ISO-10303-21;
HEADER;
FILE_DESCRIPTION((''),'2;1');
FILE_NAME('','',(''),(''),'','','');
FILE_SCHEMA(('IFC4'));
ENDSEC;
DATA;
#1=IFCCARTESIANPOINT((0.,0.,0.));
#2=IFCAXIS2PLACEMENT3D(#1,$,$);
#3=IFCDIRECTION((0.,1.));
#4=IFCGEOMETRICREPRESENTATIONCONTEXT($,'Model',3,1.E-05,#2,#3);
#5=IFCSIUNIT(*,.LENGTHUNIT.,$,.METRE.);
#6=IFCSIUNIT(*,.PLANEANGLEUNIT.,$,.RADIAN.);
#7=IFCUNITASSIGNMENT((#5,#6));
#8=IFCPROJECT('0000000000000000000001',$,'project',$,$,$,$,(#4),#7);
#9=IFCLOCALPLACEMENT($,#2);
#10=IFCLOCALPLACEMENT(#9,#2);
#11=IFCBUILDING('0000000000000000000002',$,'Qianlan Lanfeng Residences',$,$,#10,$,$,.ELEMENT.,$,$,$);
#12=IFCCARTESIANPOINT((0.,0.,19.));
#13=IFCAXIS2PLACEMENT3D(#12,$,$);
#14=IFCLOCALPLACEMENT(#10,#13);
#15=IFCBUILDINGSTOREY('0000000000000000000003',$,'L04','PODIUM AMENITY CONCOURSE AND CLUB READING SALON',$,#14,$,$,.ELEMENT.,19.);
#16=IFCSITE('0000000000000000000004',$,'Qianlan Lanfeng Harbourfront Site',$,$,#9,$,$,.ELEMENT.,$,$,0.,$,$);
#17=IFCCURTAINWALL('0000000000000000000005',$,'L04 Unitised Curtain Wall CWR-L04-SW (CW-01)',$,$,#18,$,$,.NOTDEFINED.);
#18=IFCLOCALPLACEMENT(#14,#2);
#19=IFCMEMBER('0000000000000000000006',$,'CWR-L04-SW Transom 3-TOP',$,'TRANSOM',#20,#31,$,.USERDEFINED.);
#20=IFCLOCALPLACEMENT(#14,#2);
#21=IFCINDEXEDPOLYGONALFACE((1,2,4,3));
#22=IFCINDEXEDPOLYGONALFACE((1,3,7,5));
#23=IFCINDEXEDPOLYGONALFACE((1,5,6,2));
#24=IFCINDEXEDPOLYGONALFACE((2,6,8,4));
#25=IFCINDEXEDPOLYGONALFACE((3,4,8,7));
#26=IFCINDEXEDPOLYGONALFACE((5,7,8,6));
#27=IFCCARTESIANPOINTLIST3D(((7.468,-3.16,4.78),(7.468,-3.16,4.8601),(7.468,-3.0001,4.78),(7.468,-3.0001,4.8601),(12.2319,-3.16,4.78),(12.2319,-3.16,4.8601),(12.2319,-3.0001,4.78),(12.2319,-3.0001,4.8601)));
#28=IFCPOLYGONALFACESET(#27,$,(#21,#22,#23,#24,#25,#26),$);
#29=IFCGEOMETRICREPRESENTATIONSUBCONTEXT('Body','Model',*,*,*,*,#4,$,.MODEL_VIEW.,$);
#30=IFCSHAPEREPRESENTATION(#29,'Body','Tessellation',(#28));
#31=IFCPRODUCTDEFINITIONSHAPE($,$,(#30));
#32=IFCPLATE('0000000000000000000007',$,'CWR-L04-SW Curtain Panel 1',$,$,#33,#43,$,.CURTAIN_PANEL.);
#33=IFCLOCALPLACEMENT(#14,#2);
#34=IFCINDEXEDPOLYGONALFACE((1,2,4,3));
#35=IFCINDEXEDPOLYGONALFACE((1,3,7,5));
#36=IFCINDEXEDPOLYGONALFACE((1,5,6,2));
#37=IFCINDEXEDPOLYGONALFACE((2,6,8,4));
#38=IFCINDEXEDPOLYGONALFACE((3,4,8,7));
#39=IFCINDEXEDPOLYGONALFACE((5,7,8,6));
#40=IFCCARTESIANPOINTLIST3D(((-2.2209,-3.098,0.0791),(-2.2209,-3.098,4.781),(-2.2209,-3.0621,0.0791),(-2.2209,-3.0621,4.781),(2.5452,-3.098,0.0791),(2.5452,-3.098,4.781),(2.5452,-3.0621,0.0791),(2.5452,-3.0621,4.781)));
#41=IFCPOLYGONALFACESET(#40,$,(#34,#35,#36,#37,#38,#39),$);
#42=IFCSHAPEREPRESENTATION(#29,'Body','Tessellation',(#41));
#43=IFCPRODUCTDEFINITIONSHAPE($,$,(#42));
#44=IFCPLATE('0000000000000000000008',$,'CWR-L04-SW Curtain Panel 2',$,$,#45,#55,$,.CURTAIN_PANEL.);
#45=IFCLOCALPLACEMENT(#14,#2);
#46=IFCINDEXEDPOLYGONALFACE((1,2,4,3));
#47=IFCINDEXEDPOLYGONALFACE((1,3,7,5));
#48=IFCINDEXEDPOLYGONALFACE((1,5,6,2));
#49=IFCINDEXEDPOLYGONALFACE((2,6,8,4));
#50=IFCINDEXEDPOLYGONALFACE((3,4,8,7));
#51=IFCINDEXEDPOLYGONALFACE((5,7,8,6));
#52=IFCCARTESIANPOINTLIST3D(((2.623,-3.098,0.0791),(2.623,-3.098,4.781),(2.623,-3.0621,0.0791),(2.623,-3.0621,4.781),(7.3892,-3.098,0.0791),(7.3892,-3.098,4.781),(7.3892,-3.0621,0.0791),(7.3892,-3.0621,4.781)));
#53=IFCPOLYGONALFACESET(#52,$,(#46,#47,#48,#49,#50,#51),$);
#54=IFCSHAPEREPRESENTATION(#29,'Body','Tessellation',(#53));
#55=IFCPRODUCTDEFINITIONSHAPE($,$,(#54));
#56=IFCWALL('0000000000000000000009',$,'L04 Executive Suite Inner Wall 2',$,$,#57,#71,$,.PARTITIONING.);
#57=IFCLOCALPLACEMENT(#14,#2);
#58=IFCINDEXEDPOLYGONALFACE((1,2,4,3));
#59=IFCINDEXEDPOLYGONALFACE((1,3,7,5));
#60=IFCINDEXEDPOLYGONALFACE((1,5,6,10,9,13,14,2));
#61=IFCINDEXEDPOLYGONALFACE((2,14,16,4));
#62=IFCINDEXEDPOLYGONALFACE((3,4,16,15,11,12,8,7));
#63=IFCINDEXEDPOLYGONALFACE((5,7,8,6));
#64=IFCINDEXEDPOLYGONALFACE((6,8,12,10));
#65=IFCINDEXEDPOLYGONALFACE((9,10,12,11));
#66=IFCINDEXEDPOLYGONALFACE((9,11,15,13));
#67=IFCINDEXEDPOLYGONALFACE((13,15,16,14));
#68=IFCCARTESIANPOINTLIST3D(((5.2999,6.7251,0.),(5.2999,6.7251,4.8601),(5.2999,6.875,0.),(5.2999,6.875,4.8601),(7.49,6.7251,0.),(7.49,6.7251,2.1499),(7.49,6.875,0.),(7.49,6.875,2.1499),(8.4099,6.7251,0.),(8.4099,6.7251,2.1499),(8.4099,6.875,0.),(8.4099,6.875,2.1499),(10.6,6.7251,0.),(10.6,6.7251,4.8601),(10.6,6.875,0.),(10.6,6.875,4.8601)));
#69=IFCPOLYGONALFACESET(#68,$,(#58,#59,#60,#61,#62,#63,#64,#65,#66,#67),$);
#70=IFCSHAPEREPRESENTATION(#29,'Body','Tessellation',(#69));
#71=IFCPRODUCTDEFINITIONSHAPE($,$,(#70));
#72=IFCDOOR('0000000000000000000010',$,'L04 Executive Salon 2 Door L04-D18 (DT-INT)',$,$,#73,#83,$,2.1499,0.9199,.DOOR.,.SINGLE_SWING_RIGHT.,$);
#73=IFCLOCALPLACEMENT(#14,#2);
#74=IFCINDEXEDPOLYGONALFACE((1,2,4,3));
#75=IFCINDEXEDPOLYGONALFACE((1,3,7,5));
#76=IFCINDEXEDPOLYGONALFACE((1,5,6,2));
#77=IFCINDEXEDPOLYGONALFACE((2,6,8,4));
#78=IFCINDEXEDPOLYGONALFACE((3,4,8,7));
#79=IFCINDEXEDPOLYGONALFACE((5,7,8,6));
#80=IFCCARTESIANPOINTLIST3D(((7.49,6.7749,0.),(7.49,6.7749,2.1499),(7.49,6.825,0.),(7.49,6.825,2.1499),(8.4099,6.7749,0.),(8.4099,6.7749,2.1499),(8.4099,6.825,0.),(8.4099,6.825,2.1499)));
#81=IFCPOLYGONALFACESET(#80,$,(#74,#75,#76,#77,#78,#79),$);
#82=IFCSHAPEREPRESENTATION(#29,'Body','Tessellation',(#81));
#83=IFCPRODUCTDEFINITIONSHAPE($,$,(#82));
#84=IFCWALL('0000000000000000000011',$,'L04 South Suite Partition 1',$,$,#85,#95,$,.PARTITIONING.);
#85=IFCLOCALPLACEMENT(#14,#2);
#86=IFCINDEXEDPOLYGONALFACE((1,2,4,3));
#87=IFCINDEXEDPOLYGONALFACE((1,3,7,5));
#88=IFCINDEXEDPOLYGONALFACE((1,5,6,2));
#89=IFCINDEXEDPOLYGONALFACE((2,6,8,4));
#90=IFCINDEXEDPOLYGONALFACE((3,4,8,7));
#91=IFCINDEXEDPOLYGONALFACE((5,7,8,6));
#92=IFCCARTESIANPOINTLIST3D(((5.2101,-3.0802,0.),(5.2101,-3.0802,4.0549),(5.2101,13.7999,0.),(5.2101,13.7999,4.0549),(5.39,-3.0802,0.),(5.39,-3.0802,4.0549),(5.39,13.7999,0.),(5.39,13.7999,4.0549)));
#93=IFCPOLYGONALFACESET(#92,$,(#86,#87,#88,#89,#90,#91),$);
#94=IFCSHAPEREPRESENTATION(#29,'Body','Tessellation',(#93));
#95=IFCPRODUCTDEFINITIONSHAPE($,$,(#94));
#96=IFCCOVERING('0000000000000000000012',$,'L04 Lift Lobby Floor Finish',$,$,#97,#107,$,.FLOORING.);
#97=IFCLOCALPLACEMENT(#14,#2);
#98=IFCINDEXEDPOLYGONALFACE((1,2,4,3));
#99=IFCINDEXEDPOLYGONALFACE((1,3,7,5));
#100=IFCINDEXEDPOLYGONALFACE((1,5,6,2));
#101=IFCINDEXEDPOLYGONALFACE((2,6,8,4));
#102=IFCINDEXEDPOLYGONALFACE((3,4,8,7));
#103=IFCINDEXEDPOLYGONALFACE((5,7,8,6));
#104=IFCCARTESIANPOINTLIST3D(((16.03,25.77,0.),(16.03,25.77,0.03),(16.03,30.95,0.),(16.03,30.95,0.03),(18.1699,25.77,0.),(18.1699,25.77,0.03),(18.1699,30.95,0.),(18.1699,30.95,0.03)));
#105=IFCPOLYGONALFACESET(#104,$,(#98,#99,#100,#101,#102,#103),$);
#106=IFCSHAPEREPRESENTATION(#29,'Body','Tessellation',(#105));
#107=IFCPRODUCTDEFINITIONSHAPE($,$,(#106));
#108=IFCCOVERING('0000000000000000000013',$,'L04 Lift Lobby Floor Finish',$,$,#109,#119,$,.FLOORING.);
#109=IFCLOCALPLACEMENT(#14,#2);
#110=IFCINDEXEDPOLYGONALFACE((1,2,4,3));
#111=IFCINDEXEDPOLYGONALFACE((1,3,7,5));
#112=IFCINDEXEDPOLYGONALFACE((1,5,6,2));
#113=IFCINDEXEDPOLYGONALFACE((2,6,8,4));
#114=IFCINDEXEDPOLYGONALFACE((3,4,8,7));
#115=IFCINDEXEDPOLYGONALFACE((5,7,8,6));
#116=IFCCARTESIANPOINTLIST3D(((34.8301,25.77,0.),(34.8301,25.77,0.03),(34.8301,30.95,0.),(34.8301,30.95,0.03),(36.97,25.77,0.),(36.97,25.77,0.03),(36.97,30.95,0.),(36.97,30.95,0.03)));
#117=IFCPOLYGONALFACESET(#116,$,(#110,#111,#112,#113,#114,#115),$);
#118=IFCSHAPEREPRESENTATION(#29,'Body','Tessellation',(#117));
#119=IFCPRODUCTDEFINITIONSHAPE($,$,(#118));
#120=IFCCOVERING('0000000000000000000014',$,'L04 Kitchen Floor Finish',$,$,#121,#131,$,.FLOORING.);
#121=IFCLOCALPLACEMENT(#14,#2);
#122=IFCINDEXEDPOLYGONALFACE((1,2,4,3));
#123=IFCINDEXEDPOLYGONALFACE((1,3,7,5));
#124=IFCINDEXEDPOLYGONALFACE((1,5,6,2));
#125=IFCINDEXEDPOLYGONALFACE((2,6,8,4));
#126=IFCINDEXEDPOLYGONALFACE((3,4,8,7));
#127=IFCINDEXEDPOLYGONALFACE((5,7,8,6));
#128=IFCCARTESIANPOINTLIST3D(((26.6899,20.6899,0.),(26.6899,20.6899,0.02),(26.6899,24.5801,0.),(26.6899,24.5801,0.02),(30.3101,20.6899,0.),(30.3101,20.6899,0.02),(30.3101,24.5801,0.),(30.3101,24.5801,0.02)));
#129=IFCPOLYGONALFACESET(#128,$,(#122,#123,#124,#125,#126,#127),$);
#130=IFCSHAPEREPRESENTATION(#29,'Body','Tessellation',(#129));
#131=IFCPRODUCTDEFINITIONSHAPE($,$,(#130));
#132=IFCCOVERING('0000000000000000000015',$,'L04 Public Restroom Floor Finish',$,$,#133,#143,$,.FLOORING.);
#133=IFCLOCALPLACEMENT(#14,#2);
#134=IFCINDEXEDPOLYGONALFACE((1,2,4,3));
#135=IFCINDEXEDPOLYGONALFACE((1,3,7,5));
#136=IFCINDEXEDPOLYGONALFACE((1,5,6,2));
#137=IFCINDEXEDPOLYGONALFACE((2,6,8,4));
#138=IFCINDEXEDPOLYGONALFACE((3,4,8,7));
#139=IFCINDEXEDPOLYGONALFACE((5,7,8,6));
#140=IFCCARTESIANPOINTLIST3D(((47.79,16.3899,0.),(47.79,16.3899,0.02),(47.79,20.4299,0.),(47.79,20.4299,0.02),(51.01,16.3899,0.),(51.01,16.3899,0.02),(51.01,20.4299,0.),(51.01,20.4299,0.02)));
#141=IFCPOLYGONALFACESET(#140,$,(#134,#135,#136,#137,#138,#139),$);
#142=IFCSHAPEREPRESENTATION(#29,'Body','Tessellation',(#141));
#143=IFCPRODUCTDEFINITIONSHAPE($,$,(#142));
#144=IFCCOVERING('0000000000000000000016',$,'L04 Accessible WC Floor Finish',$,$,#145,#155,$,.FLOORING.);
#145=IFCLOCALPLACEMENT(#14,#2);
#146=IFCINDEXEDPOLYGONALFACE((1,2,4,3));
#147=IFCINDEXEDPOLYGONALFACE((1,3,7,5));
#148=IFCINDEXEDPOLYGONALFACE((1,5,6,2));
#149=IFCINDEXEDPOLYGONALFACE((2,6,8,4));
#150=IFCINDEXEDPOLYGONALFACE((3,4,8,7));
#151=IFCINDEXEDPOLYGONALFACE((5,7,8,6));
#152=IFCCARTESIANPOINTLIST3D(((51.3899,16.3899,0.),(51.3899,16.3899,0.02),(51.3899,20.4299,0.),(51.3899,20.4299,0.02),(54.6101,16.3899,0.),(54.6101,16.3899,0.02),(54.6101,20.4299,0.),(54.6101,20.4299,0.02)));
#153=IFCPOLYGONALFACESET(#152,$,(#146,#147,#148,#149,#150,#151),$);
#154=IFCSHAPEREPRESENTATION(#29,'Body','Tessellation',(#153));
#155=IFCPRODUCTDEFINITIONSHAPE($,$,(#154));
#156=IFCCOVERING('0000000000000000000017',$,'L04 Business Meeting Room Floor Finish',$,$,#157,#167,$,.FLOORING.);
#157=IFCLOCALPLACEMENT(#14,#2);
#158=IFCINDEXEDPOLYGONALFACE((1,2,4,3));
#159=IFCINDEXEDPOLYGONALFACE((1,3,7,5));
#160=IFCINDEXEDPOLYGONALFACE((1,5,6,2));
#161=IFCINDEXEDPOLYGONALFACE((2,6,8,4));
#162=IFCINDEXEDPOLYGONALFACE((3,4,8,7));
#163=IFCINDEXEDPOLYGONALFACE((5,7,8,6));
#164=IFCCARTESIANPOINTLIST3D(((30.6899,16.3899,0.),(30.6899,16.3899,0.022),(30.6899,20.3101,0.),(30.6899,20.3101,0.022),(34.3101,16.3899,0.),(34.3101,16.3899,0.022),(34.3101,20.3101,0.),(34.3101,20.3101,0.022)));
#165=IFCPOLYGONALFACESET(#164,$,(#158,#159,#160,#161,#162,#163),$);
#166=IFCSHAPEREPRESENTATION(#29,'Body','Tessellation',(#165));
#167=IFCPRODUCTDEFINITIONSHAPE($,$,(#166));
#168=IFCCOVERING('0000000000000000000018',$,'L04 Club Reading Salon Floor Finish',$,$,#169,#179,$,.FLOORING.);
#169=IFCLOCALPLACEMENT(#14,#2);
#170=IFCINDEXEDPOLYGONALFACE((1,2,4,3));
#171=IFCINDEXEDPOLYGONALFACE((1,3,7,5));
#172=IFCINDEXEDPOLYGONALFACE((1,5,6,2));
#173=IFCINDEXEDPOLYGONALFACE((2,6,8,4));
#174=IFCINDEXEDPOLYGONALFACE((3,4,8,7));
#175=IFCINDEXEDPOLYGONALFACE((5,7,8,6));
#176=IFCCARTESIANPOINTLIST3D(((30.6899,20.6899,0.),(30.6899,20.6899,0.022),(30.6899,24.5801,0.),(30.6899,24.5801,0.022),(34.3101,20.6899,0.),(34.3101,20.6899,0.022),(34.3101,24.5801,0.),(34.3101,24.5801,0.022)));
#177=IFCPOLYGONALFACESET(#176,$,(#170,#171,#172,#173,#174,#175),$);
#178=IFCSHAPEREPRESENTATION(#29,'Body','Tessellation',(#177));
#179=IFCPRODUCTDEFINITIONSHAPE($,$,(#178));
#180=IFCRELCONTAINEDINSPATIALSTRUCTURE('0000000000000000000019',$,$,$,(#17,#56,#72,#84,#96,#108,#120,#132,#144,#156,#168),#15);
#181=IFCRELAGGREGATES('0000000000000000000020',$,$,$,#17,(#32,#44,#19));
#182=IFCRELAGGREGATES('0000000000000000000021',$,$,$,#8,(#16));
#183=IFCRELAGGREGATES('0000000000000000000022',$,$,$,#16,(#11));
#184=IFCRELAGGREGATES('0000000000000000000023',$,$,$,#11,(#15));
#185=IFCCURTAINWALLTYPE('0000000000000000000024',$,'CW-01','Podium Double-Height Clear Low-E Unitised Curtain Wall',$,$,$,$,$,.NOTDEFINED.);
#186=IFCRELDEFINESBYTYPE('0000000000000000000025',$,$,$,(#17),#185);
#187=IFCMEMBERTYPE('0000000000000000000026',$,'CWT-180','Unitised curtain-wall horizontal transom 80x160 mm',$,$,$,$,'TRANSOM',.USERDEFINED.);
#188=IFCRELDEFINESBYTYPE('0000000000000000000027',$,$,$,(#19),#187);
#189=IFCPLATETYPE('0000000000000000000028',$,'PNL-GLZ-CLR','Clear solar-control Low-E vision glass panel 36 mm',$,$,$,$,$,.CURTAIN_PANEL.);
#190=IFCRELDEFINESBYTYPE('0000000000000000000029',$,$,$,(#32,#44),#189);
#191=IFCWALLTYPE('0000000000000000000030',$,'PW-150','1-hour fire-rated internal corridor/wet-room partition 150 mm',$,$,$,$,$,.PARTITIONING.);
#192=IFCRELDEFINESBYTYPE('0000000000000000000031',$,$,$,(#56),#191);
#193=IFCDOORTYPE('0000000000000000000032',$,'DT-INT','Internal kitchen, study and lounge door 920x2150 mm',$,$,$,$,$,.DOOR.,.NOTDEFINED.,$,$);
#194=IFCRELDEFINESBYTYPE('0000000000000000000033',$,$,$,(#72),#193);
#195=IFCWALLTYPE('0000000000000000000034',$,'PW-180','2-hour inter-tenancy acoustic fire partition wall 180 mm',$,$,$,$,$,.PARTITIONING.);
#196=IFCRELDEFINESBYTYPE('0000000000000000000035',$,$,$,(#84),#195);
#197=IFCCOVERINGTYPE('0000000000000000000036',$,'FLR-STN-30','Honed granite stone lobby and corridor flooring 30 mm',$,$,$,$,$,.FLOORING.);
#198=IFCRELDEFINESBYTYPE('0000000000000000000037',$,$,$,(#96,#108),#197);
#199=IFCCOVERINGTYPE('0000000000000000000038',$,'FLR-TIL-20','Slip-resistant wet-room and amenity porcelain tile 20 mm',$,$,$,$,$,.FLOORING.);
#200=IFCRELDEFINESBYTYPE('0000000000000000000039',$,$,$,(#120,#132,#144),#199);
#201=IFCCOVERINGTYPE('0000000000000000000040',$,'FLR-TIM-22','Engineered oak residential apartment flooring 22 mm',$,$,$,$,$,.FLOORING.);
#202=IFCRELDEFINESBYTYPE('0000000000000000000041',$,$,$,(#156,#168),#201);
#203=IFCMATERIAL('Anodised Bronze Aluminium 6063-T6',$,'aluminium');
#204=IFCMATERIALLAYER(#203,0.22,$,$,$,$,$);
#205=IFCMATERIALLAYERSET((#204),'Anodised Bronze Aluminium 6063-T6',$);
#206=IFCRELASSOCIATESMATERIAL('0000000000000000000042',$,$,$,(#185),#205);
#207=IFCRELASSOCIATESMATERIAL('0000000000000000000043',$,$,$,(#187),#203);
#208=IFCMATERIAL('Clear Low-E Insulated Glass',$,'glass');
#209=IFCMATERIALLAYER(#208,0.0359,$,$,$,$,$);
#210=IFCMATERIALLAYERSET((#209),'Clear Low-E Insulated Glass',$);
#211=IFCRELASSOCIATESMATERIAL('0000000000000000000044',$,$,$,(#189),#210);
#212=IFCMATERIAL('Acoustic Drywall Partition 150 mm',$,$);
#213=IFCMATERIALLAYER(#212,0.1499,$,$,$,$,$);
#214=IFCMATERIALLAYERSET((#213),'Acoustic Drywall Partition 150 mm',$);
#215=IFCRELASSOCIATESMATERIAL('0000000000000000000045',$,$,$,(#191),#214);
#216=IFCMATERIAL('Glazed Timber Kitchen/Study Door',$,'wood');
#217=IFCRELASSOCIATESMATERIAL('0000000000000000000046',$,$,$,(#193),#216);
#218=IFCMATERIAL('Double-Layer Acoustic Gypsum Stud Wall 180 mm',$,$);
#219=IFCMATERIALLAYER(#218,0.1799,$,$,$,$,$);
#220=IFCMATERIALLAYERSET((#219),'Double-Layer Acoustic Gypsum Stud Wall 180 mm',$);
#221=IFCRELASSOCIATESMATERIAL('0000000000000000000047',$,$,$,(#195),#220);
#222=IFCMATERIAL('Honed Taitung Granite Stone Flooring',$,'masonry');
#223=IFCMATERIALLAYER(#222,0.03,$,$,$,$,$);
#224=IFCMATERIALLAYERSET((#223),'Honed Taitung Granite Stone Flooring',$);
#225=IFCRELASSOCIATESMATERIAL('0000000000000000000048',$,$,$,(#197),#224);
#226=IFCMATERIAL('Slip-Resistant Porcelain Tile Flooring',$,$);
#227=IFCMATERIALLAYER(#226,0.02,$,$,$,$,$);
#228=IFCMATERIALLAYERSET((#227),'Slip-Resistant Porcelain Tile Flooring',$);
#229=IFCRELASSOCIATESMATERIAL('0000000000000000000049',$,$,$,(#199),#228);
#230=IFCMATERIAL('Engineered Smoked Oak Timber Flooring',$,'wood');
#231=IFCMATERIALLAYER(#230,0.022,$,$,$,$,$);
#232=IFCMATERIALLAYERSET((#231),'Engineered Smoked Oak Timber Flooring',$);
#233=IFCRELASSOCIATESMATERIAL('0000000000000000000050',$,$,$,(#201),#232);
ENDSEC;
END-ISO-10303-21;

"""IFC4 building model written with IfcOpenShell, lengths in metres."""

from ifc_helpers import new_model, si_unit, direction, frame, frame_2d, origin, origin_2d, place, context, subcontext, project, spatial, polyline, rectangle, outline, extrude, source, transform, mapped, material, layer, layer_set, material_profile, profile_set, type_object, element, fill, aggregate, save


model = new_model("IFC4")

# Units and contexts
model_context = context("Model", 3, precision=1e-05, world=origin(), true_north=direction((0.0, 1.0)))
body_context = subcontext(model_context, "Body", "Model", "MODEL_VIEW")
ifc_project = project(units=[si_unit("LENGTHUNIT", "METRE"), si_unit("PLANEANGLEUNIT", "RADIAN")], contexts=[model_context])

# Site, building, storey
site_placement = place(None, origin())
site = spatial("IfcSite", under=ifc_project, at=site_placement, Name="Qianlan Lanfeng Harbourfront Site", CompositionType="ELEMENT", RefElevation=0.0)
building_placement = place(site_placement, origin())
building = spatial("IfcBuilding", under=site, at=building_placement, Name="Qianlan Lanfeng Residences", CompositionType="ELEMENT")
storey_placement = place(building_placement, frame((0.0, 0.0, 19.0)))
storey = spatial("IfcBuildingStorey", under=building, at=storey_placement, Name="L04", Description="PODIUM AMENITY CONCOURSE AND CLUB READING SALON", CompositionType="ELEMENT", Elevation=19.0)

# Curtain wall, member, plates
ifc_material_1 = material(Name="Anodised Bronze Aluminium 6063-T6", Category="aluminium")
ifc_layer_1 = layer(ifc_material_1, 0.22)
ifc_layer_set_1 = layer_set([ifc_layer_1], Name="Anodised Bronze Aluminium 6063-T6")
curtain_wall_type = type_object("IfcCurtainWallType", Name="CW-01", Description="Podium Double-Height Clear Low-E Unitised Curtain Wall", PredefinedType="NOTDEFINED", material=ifc_layer_set_1)
curtain_wall_placement = place(storey_placement, origin())
curtain_wall = element("IfcCurtainWall", 1, at=curtain_wall_placement, inside=storey, type_object=curtain_wall_type, Name="L04 Unitised Curtain Wall CWR-L04-SW (CW-01)", PredefinedType="NOTDEFINED")
ifc_material_profile_1 = material_profile(ifc_material_1, rectangle(XDim=0.0801, YDim=0.1599, at=origin_2d()), Name="ALU TRANSOM 80x160")
ifc_profile_set_1 = profile_set([ifc_material_profile_1], Name="Anodised Bronze Aluminium 6063-T6")
member_type_1 = type_object("IfcMemberType", Name="CWT-180", Description="Unitised curtain-wall horizontal transom 80x160 mm", ElementType="TRANSOM", PredefinedType="USERDEFINED", material=ifc_profile_set_1)
shared_shape_1 = source(origin(), body_context, "Body", "SweptSolid", [
    extrude(rectangle(XDim=0.0801, YDim=0.1599, at=origin_2d()), origin(), (0.0, 0.0, 1.0), 4.7639),
])
member_1_placement = place(storey_placement, frame((7.468, -3.0801, 4.8201), z_axis=(1.0, 0.0, 0.0), x_axis=(0.0, 0.0, 1.0)))
member_1 = element("IfcMember", 2, at=member_1_placement, type_object=member_type_1, Name="CWR-L04-SW Transom 3-TOP", ObjectType="TRANSOM", PredefinedType="USERDEFINED", context=body_context, shape_type="MappedRepresentation", body=[
    mapped(shared_shape_1, transform((0.0, 0.0, 0.0), scale=1.0)),
])
ifc_material_2 = material(Name="Clear Low-E Insulated Glass", Category="glass")
ifc_layer_2 = layer(ifc_material_2, 0.0359)
ifc_layer_set_2 = layer_set([ifc_layer_2], Name="Clear Low-E Insulated Glass")
plate_type = type_object("IfcPlateType", Name="PNL-GLZ-CLR", Description="Clear solar-control Low-E vision glass panel 36 mm", PredefinedType="CURTAIN_PANEL", material=ifc_layer_set_2)
shared_shape_2 = source(origin(), body_context, "Body", "SweptSolid", [
    extrude(rectangle(XDim=4.7661, YDim=0.0359, at=origin_2d()), origin(), (0.0, 0.0, 1.0), 4.7019),
])
plate_1_placement = place(storey_placement, frame((0.1621, -3.0801, 0.0791), z_axis=(0.0, 0.0, 1.0), x_axis=(1.0, 0.0, 0.0)))
plate_1 = element("IfcPlate", 3, at=plate_1_placement, type_object=plate_type, Name="CWR-L04-SW Curtain Panel 1", PredefinedType="CURTAIN_PANEL", context=body_context, shape_type="MappedRepresentation", body=[
    mapped(shared_shape_2, transform((0.0, 0.0, 0.0), scale=1.0)),
])
plate_2_placement = place(storey_placement, frame((5.0061, -3.0801, 0.0791), z_axis=(0.0, 0.0, 1.0), x_axis=(1.0, 0.0, 0.0)))
plate_2 = element("IfcPlate", 4, at=plate_2_placement, type_object=plate_type, Name="CWR-L04-SW Curtain Panel 2", PredefinedType="CURTAIN_PANEL", context=body_context, shape_type="MappedRepresentation", body=[
    mapped(shared_shape_2, transform((0.0, 0.0, 0.0), scale=1.0)),
])
aggregate(curtain_wall, [plate_1, plate_2, member_1])

# Wall, opening, door
ifc_material_3 = material(Name="Acoustic Drywall Partition 150 mm")
ifc_layer_3 = layer(ifc_material_3, 0.1499)
ifc_layer_set_3 = layer_set([ifc_layer_3], Name="Acoustic Drywall Partition 150 mm")
wall_type_1 = type_object("IfcWallType", Name="PW-150", Description="1-hour fire-rated internal corridor/wet-room partition 150 mm", PredefinedType="PARTITIONING", material=ifc_layer_set_3)
wall_1_placement = place(storey_placement, frame((5.3, 6.8, 0.0), z_axis=(0.0, 0.0, 1.0), x_axis=(1.0, 0.0, 0.0)))
wall_1 = element("IfcWall", 5, at=wall_1_placement, inside=storey, type_object=wall_type_1, Name="L04 Executive Suite Inner Wall 2", PredefinedType="PARTITIONING", context=body_context, shape_type="SweptSolid", body=[
    extrude(rectangle(XDim=5.3, YDim=0.1499, at=frame_2d((2.6499, 0.0))), origin(), (0.0, 0.0, 1.0), 4.8601),
])
opening_placement = place(wall_1_placement, frame((2.1899, 0.0, 0.0)))
opening = element("IfcOpeningElement", 6, at=opening_placement, cuts=wall_1, PredefinedType="OPENING", context=body_context, shape_type="SweptSolid", body=[
    extrude(rectangle(XDim=0.9199, YDim=2.1499, at=frame_2d((0.46, 1.075))), frame((0.0, 0.085, 0.0), z_axis=(0.0, -1.0, 0.0), x_axis=(1.0, 0.0, 0.0)), (0.0, 0.0, 1.0), 0.1699),
])
ifc_material_4 = material(Name="Glazed Timber Kitchen/Study Door", Category="wood")
door_type = type_object("IfcDoorType", Name="DT-INT", Description="Internal kitchen, study and lounge door 920x2150 mm", OperationType="NOTDEFINED", PredefinedType="DOOR", material=ifc_material_4)
door_placement = place(opening_placement, origin())
door = element("IfcDoor", 7, at=door_placement, inside=storey, type_object=door_type, Name="L04 Executive Salon 2 Door L04-D18 (DT-INT)", OperationType="SINGLE_SWING_RIGHT", OverallHeight=2.1499, OverallWidth=0.9199, PredefinedType="DOOR", context=body_context, shape_type="SweptSolid", body=[
    extrude(rectangle(XDim=0.9199, YDim=2.1499, at=frame_2d((0.46, 1.075))), frame((0.0, 0.0249, 0.0), z_axis=(0.0, -1.0, 0.0), x_axis=(1.0, 0.0, 0.0)), (0.0, 0.0, 1.0), 0.05),
])
fill(opening, door)

# Wall
ifc_material_5 = material(Name="Double-Layer Acoustic Gypsum Stud Wall 180 mm")
ifc_layer_4 = layer(ifc_material_5, 0.1799)
ifc_layer_set_4 = layer_set([ifc_layer_4], Name="Double-Layer Acoustic Gypsum Stud Wall 180 mm")
wall_type_2 = type_object("IfcWallType", Name="PW-180", Description="2-hour inter-tenancy acoustic fire partition wall 180 mm", PredefinedType="PARTITIONING", material=ifc_layer_set_4)
wall_2_placement = place(storey_placement, frame((5.3, -3.0801, 0.0), z_axis=(0.0, 0.0, 1.0), x_axis=(0.0, 1.0, 0.0)))
element("IfcWall", 8, at=wall_2_placement, inside=storey, type_object=wall_type_2, Name="L04 South Suite Partition 1", PredefinedType="PARTITIONING", context=body_context, shape_type="SweptSolid", body=[
    extrude(rectangle(XDim=16.8801, YDim=0.1799, at=frame_2d((8.4399, 0.0))), origin(), (0.0, 0.0, 1.0), 4.0549),
])

# Coverings
ifc_material_6 = material(Name="Honed Taitung Granite Stone Flooring", Category="masonry")
ifc_layer_5 = layer(ifc_material_6, 0.03)
ifc_layer_set_5 = layer_set([ifc_layer_5], Name="Honed Taitung Granite Stone Flooring")
covering_type_1 = type_object("IfcCoveringType", Name="FLR-STN-30", Description="Honed granite stone lobby and corridor flooring 30 mm", PredefinedType="FLOORING", material=ifc_layer_set_5)
covering_1_placement = place(storey_placement, origin())
element("IfcCovering", 9, at=covering_1_placement, inside=storey, type_object=covering_type_1, Name="L04 Lift Lobby Floor Finish", PredefinedType="FLOORING", context=body_context, shape_type="SweptSolid", body=[
    extrude(outline(polyline([(16.03, 25.77), (18.1699, 25.77), (18.1699, 30.95), (16.03, 30.95), (16.03, 25.77)])), origin(), (0.0, 0.0, 1.0), 0.03),
])
covering_2_placement = place(storey_placement, origin())
element("IfcCovering", 10, at=covering_2_placement, inside=storey, type_object=covering_type_1, Name="L04 Lift Lobby Floor Finish", PredefinedType="FLOORING", context=body_context, shape_type="SweptSolid", body=[
    extrude(outline(polyline([(34.8301, 25.77), (36.97, 25.77), (36.97, 30.95), (34.8301, 30.95), (34.8301, 25.77)])), origin(), (0.0, 0.0, 1.0), 0.03),
])
ifc_material_7 = material(Name="Slip-Resistant Porcelain Tile Flooring")
ifc_layer_6 = layer(ifc_material_7, 0.02)
ifc_layer_set_6 = layer_set([ifc_layer_6], Name="Slip-Resistant Porcelain Tile Flooring")
covering_type_2 = type_object("IfcCoveringType", Name="FLR-TIL-20", Description="Slip-resistant wet-room and amenity porcelain tile 20 mm", PredefinedType="FLOORING", material=ifc_layer_set_6)
covering_3_placement = place(storey_placement, origin())
element("IfcCovering", 11, at=covering_3_placement, inside=storey, type_object=covering_type_2, Name="L04 Kitchen Floor Finish", PredefinedType="FLOORING", context=body_context, shape_type="SweptSolid", body=[
    extrude(outline(polyline([(26.6899, 20.6899), (30.3101, 20.6899), (30.3101, 24.5801), (26.6899, 24.5801), (26.6899, 20.6899)])), origin(), (0.0, 0.0, 1.0), 0.02),
])
covering_4_placement = place(storey_placement, origin())
element("IfcCovering", 12, at=covering_4_placement, inside=storey, type_object=covering_type_2, Name="L04 Public Restroom Floor Finish", PredefinedType="FLOORING", context=body_context, shape_type="SweptSolid", body=[
    extrude(outline(polyline([(47.79, 16.3899), (51.01, 16.3899), (51.01, 20.4299), (47.79, 20.4299), (47.79, 16.3899)])), origin(), (0.0, 0.0, 1.0), 0.02),
])
covering_5_placement = place(storey_placement, origin())
element("IfcCovering", 13, at=covering_5_placement, inside=storey, type_object=covering_type_2, Name="L04 Accessible WC Floor Finish", PredefinedType="FLOORING", context=body_context, shape_type="SweptSolid", body=[
    extrude(outline(polyline([(51.3899, 16.3899), (54.6101, 16.3899), (54.6101, 20.4299), (51.3899, 20.4299), (51.3899, 16.3899)])), origin(), (0.0, 0.0, 1.0), 0.02),
])
ifc_material_8 = material(Name="Engineered Smoked Oak Timber Flooring", Category="wood")
ifc_layer_7 = layer(ifc_material_8, 0.022)
ifc_layer_set_7 = layer_set([ifc_layer_7], Name="Engineered Smoked Oak Timber Flooring")
covering_type_3 = type_object("IfcCoveringType", Name="FLR-TIM-22", Description="Engineered oak residential apartment flooring 22 mm", PredefinedType="FLOORING", material=ifc_layer_set_7)
covering_6_placement = place(storey_placement, origin())
element("IfcCovering", 14, at=covering_6_placement, inside=storey, type_object=covering_type_3, Name="L04 Business Meeting Room Floor Finish", PredefinedType="FLOORING", context=body_context, shape_type="SweptSolid", body=[
    extrude(outline(polyline([(30.6899, 16.3899), (34.3101, 16.3899), (34.3101, 20.3101), (30.6899, 20.3101), (30.6899, 16.3899)])), origin(), (0.0, 0.0, 1.0), 0.022),
])
covering_7_placement = place(storey_placement, origin())
element("IfcCovering", 15, at=covering_7_placement, inside=storey, type_object=covering_type_3, Name="L04 Club Reading Salon Floor Finish", PredefinedType="FLOORING", context=body_context, shape_type="SweptSolid", body=[
    extrude(outline(polyline([(30.6899, 20.6899), (34.3101, 20.6899), (34.3101, 24.5801), (30.6899, 24.5801), (30.6899, 20.6899)])), origin(), (0.0, 0.0, 1.0), 0.022),
])

save(model, "model.ifc")
